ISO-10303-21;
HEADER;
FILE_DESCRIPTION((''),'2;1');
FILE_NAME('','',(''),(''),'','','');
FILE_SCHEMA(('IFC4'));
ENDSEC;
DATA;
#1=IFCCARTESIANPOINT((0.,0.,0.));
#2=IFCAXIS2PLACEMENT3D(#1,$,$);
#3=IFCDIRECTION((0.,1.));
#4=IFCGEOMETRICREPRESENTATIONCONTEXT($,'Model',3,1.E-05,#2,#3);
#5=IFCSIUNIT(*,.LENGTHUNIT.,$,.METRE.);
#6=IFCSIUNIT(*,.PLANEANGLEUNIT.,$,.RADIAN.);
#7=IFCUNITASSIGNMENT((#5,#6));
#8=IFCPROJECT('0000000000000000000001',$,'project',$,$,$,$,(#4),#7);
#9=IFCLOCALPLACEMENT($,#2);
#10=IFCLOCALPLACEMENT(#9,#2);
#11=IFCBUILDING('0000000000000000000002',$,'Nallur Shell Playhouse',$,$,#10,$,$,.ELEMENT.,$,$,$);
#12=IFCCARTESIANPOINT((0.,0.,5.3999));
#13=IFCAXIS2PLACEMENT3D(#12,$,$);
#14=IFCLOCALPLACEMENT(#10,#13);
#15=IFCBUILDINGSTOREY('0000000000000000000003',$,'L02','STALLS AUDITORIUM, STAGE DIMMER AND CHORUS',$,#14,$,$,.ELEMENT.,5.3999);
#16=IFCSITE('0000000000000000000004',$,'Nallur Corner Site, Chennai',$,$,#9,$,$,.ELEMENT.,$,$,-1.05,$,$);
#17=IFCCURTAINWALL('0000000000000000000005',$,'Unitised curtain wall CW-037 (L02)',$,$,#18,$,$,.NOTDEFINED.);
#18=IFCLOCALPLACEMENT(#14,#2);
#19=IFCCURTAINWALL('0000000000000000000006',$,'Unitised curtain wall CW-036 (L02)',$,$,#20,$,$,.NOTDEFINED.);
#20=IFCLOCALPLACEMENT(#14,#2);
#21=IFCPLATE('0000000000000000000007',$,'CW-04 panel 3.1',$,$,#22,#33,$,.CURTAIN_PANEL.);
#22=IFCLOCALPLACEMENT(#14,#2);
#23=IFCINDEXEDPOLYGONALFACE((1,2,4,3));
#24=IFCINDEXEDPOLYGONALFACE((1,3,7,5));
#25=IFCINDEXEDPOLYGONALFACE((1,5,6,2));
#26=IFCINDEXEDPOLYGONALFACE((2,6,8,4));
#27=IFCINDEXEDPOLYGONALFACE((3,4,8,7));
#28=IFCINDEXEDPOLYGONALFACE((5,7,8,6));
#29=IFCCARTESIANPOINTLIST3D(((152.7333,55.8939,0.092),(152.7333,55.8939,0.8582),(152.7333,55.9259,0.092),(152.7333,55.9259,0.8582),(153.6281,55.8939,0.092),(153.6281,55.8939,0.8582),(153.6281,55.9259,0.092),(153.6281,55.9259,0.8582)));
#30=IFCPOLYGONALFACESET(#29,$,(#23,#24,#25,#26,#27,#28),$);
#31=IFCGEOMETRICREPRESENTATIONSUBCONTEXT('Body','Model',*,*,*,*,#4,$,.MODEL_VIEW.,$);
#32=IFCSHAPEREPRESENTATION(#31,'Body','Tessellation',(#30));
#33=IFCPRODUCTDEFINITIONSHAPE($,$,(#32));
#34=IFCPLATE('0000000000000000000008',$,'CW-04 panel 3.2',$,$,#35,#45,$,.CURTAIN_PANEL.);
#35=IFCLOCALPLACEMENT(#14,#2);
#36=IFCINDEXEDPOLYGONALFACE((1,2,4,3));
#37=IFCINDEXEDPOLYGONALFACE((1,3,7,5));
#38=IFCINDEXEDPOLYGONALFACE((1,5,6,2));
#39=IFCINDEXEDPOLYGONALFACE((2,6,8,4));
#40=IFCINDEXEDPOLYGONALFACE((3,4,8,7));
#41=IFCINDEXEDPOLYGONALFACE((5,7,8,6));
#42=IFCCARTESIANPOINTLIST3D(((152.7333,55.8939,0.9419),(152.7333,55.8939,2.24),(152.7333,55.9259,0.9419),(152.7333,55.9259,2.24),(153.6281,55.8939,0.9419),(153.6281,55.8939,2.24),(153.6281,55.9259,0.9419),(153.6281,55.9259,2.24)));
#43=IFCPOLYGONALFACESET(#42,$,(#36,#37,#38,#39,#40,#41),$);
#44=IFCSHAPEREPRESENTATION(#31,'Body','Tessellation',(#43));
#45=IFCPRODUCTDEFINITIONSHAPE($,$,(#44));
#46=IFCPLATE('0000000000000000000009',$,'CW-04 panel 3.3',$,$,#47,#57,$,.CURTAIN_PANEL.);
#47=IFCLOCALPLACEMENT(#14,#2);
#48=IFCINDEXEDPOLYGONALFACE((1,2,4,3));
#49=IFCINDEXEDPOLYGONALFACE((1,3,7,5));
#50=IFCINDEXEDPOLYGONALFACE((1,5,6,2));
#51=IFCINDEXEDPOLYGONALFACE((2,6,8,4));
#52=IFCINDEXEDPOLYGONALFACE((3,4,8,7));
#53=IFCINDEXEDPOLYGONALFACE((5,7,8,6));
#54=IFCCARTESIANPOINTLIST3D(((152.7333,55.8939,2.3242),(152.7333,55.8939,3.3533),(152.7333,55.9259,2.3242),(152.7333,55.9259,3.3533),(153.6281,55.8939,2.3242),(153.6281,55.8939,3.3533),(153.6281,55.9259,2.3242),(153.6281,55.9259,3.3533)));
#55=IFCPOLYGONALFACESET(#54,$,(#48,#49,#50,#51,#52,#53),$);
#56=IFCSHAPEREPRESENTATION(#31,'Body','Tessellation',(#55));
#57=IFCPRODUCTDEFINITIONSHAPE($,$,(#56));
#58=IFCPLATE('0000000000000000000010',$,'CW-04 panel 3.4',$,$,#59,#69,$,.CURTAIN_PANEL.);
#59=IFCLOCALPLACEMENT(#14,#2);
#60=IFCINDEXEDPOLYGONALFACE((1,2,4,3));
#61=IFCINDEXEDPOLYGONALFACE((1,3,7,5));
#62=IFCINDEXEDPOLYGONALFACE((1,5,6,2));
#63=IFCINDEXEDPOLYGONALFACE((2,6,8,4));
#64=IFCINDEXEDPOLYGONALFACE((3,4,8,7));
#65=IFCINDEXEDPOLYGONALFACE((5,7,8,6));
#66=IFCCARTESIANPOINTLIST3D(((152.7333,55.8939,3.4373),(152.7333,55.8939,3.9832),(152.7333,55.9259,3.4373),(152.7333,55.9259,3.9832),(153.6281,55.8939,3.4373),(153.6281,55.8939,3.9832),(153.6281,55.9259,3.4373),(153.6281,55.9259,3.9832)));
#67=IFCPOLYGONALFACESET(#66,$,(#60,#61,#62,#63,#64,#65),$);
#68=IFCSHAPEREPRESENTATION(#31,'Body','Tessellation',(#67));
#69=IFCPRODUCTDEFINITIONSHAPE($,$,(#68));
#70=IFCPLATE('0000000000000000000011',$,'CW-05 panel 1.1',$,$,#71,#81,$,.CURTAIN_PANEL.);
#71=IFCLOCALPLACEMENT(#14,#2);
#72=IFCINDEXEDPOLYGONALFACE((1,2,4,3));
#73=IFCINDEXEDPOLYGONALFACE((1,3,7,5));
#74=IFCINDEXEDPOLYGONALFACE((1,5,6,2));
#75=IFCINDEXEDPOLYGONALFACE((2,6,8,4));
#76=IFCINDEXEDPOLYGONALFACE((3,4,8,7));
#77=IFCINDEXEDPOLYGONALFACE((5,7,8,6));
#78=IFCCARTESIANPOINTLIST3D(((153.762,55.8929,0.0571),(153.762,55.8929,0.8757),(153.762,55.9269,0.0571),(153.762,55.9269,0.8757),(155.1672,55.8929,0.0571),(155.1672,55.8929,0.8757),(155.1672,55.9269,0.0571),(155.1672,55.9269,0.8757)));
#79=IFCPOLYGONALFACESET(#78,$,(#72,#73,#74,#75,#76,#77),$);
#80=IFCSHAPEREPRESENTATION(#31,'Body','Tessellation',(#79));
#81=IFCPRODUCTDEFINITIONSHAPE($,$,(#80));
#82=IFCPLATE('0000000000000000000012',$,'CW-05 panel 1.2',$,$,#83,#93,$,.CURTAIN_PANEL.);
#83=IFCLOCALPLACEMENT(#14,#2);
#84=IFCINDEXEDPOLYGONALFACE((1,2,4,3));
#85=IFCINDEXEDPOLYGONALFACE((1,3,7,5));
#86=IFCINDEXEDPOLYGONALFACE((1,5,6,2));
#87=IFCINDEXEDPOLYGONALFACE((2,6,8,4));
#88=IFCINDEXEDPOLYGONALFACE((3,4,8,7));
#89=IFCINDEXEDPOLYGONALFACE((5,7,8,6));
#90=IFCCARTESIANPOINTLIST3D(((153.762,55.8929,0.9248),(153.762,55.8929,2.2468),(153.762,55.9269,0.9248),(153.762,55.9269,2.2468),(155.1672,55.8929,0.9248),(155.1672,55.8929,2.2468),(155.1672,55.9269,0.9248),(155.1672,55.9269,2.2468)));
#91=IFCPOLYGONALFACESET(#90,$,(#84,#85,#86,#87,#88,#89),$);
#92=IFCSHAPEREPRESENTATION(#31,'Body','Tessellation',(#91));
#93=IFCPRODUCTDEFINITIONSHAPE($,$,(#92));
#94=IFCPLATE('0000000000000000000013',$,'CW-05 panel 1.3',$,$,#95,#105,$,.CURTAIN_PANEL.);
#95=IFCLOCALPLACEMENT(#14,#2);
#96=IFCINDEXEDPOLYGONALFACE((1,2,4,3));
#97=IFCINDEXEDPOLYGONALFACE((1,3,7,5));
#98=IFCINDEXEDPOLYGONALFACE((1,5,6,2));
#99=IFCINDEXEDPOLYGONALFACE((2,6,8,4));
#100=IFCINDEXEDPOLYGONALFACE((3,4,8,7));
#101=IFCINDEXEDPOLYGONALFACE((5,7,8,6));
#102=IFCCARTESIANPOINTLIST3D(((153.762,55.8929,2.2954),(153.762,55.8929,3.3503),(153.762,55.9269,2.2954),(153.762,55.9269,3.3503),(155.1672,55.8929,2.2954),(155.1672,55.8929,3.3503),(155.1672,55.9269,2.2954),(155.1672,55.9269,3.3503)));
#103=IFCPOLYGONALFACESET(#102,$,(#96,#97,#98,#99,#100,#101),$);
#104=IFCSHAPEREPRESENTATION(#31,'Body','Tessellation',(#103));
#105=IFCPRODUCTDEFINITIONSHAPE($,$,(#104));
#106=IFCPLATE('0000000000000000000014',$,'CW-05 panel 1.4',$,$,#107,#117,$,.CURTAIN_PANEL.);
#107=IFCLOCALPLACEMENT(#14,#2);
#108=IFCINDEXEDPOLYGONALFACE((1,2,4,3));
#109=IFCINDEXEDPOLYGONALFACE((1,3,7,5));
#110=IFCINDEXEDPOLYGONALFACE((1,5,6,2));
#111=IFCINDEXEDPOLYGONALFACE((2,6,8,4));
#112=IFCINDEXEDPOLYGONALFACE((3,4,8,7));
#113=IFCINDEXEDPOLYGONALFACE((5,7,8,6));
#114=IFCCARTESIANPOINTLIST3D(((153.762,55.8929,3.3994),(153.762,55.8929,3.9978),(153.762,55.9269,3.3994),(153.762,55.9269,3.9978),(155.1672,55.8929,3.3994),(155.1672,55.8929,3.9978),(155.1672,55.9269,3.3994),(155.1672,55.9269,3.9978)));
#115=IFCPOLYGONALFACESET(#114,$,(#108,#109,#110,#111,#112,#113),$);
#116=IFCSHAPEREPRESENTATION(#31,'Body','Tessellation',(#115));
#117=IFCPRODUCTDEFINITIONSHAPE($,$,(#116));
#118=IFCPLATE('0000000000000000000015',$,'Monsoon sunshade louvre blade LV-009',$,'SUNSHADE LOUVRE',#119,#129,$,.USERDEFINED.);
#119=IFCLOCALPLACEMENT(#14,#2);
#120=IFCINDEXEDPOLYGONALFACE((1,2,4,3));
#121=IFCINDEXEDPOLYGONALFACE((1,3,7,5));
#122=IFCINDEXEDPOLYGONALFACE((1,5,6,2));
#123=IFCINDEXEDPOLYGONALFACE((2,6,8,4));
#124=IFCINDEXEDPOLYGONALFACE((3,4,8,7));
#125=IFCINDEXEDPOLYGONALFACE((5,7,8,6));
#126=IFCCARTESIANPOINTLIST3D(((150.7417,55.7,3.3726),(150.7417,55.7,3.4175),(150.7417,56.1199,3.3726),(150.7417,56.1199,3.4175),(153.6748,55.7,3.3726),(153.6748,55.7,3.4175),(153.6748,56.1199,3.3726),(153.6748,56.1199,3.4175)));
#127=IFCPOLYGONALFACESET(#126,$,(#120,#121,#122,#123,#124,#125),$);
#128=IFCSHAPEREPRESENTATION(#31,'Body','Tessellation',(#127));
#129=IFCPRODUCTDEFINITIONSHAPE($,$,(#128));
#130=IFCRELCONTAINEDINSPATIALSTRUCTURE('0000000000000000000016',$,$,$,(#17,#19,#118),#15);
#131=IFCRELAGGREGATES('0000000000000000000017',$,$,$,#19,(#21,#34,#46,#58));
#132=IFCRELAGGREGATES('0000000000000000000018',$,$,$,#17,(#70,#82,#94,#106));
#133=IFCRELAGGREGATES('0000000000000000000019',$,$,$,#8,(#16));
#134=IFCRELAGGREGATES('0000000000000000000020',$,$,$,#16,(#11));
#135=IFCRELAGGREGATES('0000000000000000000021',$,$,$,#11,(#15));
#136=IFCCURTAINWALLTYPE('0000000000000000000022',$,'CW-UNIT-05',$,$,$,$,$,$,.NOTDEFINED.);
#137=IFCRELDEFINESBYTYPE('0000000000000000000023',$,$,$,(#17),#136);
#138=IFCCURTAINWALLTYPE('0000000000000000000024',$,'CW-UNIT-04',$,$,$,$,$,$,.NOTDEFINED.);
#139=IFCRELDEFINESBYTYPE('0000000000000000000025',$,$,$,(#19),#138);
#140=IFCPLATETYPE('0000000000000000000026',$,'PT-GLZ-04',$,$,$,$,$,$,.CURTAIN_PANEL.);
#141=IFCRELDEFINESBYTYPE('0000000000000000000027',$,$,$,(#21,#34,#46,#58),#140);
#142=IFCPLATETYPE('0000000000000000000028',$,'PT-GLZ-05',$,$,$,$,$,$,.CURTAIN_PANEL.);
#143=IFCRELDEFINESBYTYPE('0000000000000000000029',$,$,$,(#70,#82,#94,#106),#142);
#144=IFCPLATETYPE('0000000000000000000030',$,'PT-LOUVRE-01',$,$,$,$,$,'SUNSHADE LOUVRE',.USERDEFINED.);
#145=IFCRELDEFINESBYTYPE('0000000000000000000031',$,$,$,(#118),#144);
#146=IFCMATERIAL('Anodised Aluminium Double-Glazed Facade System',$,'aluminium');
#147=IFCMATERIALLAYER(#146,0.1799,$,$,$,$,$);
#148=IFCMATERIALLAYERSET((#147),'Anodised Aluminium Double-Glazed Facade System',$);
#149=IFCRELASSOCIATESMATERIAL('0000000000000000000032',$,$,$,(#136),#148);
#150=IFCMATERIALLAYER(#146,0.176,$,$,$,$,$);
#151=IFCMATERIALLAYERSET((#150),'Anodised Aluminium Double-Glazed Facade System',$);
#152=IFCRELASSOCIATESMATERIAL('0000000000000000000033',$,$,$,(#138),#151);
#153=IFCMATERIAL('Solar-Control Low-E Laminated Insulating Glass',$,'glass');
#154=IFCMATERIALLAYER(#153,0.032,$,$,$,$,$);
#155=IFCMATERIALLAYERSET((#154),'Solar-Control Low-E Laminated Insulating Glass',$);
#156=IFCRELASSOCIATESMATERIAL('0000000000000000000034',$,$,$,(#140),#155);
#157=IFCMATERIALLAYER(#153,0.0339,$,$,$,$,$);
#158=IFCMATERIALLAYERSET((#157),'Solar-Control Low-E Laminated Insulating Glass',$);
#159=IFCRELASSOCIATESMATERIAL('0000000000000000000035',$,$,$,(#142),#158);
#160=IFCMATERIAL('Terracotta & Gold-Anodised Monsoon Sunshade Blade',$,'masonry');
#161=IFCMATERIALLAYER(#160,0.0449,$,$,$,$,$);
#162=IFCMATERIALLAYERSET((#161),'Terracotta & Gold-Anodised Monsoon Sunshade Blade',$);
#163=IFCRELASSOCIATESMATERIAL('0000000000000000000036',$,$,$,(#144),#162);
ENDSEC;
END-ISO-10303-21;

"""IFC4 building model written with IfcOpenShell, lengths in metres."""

from ifc_helpers import new_model, si_unit, direction, frame, origin, origin_2d, place, context, subcontext, project, spatial, rectangle, extrude, material, layer, layer_set, type_object, element, aggregate, save


model = new_model("IFC4")

# Units and contexts
model_context = context("Model", 3, precision=1e-05, world=origin(), true_north=direction((0.0, 1.0)))
body_context = subcontext(model_context, "Body", "Model", "MODEL_VIEW")
ifc_project = project(units=[si_unit("LENGTHUNIT", "METRE"), si_unit("PLANEANGLEUNIT", "RADIAN")], contexts=[model_context])

# Site, building, storey
site_placement = place(None, origin())
site = spatial("IfcSite", under=ifc_project, at=site_placement, Name="Nallur Corner Site, Chennai", CompositionType="ELEMENT", RefElevation=-1.05)
building_placement = place(site_placement, origin())
building = spatial("IfcBuilding", under=site, at=building_placement, Name="Nallur Shell Playhouse", CompositionType="ELEMENT")
storey_placement = place(building_placement, frame((0.0, 0.0, 5.3999)))
storey = spatial("IfcBuildingStorey", under=building, at=storey_placement, Name="L02", Description="STALLS AUDITORIUM, STAGE DIMMER AND CHORUS", CompositionType="ELEMENT", Elevation=5.3999)

# Curtain walls
ifc_material_1 = material(Name="Anodised Aluminium Double-Glazed Facade System", Category="aluminium")
ifc_layer_1 = layer(ifc_material_1, 0.1799)
ifc_layer_set_1 = layer_set([ifc_layer_1], Name="Anodised Aluminium Double-Glazed Facade System")
curtain_wall_type_1 = type_object("IfcCurtainWallType", Name="CW-UNIT-05", PredefinedType="NOTDEFINED", material=ifc_layer_set_1)
curtain_wall_1_placement = place(storey_placement, origin())
curtain_wall_1 = element("IfcCurtainWall", 1, at=curtain_wall_1_placement, inside=storey, type_object=curtain_wall_type_1, Name="Unitised curtain wall CW-037 (L02)", PredefinedType="NOTDEFINED")
ifc_layer_2 = layer(ifc_material_1, 0.176)
ifc_layer_set_2 = layer_set([ifc_layer_2], Name="Anodised Aluminium Double-Glazed Facade System")
curtain_wall_type_2 = type_object("IfcCurtainWallType", Name="CW-UNIT-04", PredefinedType="NOTDEFINED", material=ifc_layer_set_2)
curtain_wall_2_placement = place(storey_placement, origin())
curtain_wall_2 = element("IfcCurtainWall", 2, at=curtain_wall_2_placement, inside=storey, type_object=curtain_wall_type_2, Name="Unitised curtain wall CW-036 (L02)", PredefinedType="NOTDEFINED")

# Plates
ifc_material_2 = material(Name="Solar-Control Low-E Laminated Insulating Glass", Category="glass")
ifc_layer_3 = layer(ifc_material_2, 0.032)
ifc_layer_set_3 = layer_set([ifc_layer_3], Name="Solar-Control Low-E Laminated Insulating Glass")
plate_type_1 = type_object("IfcPlateType", Name="PT-GLZ-04", PredefinedType="CURTAIN_PANEL", material=ifc_layer_set_3)
plate_1_placement = place(storey_placement, frame((153.1807, 55.9099, 0.092), z_axis=(0.0, 0.0, 1.0), x_axis=(1.0, 0.0, 0.0)))
plate_1 = element("IfcPlate", 3, at=plate_1_placement, type_object=plate_type_1, Name="CW-04 panel 3.1", PredefinedType="CURTAIN_PANEL", context=body_context, shape_type="SweptSolid", body=[
    extrude(rectangle(XDim=0.8948, YDim=0.032, at=origin_2d()), origin(), (0.0, 0.0, 1.0), 0.7661),
])
plate_2_placement = place(storey_placement, frame((153.1807, 55.9099, 0.9419), z_axis=(0.0, 0.0, 1.0), x_axis=(1.0, 0.0, 0.0)))
plate_2 = element("IfcPlate", 4, at=plate_2_placement, type_object=plate_type_1, Name="CW-04 panel 3.2", PredefinedType="CURTAIN_PANEL", context=body_context, shape_type="SweptSolid", body=[
    extrude(rectangle(XDim=0.8948, YDim=0.032, at=origin_2d()), origin(), (0.0, 0.0, 1.0), 1.2981),
])
plate_3_placement = place(storey_placement, frame((153.1807, 55.9099, 2.3242), z_axis=(0.0, 0.0, 1.0), x_axis=(1.0, 0.0, 0.0)))
plate_3 = element("IfcPlate", 5, at=plate_3_placement, type_object=plate_type_1, Name="CW-04 panel 3.3", PredefinedType="CURTAIN_PANEL", context=body_context, shape_type="SweptSolid", body=[
    extrude(rectangle(XDim=0.8948, YDim=0.032, at=origin_2d()), origin(), (0.0, 0.0, 1.0), 1.0291),
])
plate_4_placement = place(storey_placement, frame((153.1807, 55.9099, 3.4373), z_axis=(0.0, 0.0, 1.0), x_axis=(1.0, 0.0, 0.0)))
plate_4 = element("IfcPlate", 6, at=plate_4_placement, type_object=plate_type_1, Name="CW-04 panel 3.4", PredefinedType="CURTAIN_PANEL", context=body_context, shape_type="SweptSolid", body=[
    extrude(rectangle(XDim=0.8948, YDim=0.032, at=origin_2d()), origin(), (0.0, 0.0, 1.0), 0.5459),
])
aggregate(curtain_wall_2, [plate_1, plate_2, plate_3, plate_4])
ifc_layer_4 = layer(ifc_material_2, 0.0339)
ifc_layer_set_4 = layer_set([ifc_layer_4], Name="Solar-Control Low-E Laminated Insulating Glass")
plate_type_2 = type_object("IfcPlateType", Name="PT-GLZ-05", PredefinedType="CURTAIN_PANEL", material=ifc_layer_set_4)
plate_5_placement = place(storey_placement, frame((154.4646, 55.9099, 0.0571), z_axis=(0.0, 0.0, 1.0), x_axis=(1.0, 0.0, 0.0)))
plate_5 = element("IfcPlate", 7, at=plate_5_placement, type_object=plate_type_2, Name="CW-05 panel 1.1", PredefinedType="CURTAIN_PANEL", context=body_context, shape_type="SweptSolid", body=[
    extrude(rectangle(XDim=1.4053, YDim=0.0339, at=origin_2d()), origin(), (0.0, 0.0, 1.0), 0.8186),
])
plate_6_placement = place(storey_placement, frame((154.4646, 55.9099, 0.9248), z_axis=(0.0, 0.0, 1.0), x_axis=(1.0, 0.0, 0.0)))
plate_6 = element("IfcPlate", 8, at=plate_6_placement, type_object=plate_type_2, Name="CW-05 panel 1.2", PredefinedType="CURTAIN_PANEL", context=body_context, shape_type="SweptSolid", body=[
    extrude(rectangle(XDim=1.4053, YDim=0.0339, at=origin_2d()), origin(), (0.0, 0.0, 1.0), 1.322),
])
plate_7_placement = place(storey_placement, frame((154.4646, 55.9099, 2.2954), z_axis=(0.0, 0.0, 1.0), x_axis=(1.0, 0.0, 0.0)))
plate_7 = element("IfcPlate", 9, at=plate_7_placement, type_object=plate_type_2, Name="CW-05 panel 1.3", PredefinedType="CURTAIN_PANEL", context=body_context, shape_type="SweptSolid", body=[
    extrude(rectangle(XDim=1.4053, YDim=0.0339, at=origin_2d()), origin(), (0.0, 0.0, 1.0), 1.0549),
])
plate_8_placement = place(storey_placement, frame((154.4646, 55.9099, 3.3994), z_axis=(0.0, 0.0, 1.0), x_axis=(1.0, 0.0, 0.0)))
plate_8 = element("IfcPlate", 10, at=plate_8_placement, type_object=plate_type_2, Name="CW-05 panel 1.4", PredefinedType="CURTAIN_PANEL", context=body_context, shape_type="SweptSolid", body=[
    extrude(rectangle(XDim=1.4053, YDim=0.0339, at=origin_2d()), origin(), (0.0, 0.0, 1.0), 0.5984),
])
aggregate(curtain_wall_1, [plate_5, plate_6, plate_7, plate_8])
ifc_material_3 = material(Name="Terracotta & Gold-Anodised Monsoon Sunshade Blade", Category="masonry")
ifc_layer_5 = layer(ifc_material_3, 0.0449)
ifc_layer_set_5 = layer_set([ifc_layer_5], Name="Terracotta & Gold-Anodised Monsoon Sunshade Blade")
plate_type_3 = type_object("IfcPlateType", Name="PT-LOUVRE-01", ElementType="SUNSHADE LOUVRE", PredefinedType="USERDEFINED", material=ifc_layer_set_5)
plate_9_placement = place(storey_placement, frame((152.2083, 55.9099, 3.3726), z_axis=(0.0, 0.0, 1.0), x_axis=(1.0, 0.0, 0.0)))
element("IfcPlate", 11, at=plate_9_placement, inside=storey, type_object=plate_type_3, Name="Monsoon sunshade louvre blade LV-009", ObjectType="SUNSHADE LOUVRE", PredefinedType="USERDEFINED", context=body_context, shape_type="SweptSolid", body=[
    extrude(rectangle(XDim=2.9331, YDim=0.4199, at=origin_2d()), origin(), (0.0, 0.0, 1.0), 0.0449),
])

save(model, "model.ifc")
